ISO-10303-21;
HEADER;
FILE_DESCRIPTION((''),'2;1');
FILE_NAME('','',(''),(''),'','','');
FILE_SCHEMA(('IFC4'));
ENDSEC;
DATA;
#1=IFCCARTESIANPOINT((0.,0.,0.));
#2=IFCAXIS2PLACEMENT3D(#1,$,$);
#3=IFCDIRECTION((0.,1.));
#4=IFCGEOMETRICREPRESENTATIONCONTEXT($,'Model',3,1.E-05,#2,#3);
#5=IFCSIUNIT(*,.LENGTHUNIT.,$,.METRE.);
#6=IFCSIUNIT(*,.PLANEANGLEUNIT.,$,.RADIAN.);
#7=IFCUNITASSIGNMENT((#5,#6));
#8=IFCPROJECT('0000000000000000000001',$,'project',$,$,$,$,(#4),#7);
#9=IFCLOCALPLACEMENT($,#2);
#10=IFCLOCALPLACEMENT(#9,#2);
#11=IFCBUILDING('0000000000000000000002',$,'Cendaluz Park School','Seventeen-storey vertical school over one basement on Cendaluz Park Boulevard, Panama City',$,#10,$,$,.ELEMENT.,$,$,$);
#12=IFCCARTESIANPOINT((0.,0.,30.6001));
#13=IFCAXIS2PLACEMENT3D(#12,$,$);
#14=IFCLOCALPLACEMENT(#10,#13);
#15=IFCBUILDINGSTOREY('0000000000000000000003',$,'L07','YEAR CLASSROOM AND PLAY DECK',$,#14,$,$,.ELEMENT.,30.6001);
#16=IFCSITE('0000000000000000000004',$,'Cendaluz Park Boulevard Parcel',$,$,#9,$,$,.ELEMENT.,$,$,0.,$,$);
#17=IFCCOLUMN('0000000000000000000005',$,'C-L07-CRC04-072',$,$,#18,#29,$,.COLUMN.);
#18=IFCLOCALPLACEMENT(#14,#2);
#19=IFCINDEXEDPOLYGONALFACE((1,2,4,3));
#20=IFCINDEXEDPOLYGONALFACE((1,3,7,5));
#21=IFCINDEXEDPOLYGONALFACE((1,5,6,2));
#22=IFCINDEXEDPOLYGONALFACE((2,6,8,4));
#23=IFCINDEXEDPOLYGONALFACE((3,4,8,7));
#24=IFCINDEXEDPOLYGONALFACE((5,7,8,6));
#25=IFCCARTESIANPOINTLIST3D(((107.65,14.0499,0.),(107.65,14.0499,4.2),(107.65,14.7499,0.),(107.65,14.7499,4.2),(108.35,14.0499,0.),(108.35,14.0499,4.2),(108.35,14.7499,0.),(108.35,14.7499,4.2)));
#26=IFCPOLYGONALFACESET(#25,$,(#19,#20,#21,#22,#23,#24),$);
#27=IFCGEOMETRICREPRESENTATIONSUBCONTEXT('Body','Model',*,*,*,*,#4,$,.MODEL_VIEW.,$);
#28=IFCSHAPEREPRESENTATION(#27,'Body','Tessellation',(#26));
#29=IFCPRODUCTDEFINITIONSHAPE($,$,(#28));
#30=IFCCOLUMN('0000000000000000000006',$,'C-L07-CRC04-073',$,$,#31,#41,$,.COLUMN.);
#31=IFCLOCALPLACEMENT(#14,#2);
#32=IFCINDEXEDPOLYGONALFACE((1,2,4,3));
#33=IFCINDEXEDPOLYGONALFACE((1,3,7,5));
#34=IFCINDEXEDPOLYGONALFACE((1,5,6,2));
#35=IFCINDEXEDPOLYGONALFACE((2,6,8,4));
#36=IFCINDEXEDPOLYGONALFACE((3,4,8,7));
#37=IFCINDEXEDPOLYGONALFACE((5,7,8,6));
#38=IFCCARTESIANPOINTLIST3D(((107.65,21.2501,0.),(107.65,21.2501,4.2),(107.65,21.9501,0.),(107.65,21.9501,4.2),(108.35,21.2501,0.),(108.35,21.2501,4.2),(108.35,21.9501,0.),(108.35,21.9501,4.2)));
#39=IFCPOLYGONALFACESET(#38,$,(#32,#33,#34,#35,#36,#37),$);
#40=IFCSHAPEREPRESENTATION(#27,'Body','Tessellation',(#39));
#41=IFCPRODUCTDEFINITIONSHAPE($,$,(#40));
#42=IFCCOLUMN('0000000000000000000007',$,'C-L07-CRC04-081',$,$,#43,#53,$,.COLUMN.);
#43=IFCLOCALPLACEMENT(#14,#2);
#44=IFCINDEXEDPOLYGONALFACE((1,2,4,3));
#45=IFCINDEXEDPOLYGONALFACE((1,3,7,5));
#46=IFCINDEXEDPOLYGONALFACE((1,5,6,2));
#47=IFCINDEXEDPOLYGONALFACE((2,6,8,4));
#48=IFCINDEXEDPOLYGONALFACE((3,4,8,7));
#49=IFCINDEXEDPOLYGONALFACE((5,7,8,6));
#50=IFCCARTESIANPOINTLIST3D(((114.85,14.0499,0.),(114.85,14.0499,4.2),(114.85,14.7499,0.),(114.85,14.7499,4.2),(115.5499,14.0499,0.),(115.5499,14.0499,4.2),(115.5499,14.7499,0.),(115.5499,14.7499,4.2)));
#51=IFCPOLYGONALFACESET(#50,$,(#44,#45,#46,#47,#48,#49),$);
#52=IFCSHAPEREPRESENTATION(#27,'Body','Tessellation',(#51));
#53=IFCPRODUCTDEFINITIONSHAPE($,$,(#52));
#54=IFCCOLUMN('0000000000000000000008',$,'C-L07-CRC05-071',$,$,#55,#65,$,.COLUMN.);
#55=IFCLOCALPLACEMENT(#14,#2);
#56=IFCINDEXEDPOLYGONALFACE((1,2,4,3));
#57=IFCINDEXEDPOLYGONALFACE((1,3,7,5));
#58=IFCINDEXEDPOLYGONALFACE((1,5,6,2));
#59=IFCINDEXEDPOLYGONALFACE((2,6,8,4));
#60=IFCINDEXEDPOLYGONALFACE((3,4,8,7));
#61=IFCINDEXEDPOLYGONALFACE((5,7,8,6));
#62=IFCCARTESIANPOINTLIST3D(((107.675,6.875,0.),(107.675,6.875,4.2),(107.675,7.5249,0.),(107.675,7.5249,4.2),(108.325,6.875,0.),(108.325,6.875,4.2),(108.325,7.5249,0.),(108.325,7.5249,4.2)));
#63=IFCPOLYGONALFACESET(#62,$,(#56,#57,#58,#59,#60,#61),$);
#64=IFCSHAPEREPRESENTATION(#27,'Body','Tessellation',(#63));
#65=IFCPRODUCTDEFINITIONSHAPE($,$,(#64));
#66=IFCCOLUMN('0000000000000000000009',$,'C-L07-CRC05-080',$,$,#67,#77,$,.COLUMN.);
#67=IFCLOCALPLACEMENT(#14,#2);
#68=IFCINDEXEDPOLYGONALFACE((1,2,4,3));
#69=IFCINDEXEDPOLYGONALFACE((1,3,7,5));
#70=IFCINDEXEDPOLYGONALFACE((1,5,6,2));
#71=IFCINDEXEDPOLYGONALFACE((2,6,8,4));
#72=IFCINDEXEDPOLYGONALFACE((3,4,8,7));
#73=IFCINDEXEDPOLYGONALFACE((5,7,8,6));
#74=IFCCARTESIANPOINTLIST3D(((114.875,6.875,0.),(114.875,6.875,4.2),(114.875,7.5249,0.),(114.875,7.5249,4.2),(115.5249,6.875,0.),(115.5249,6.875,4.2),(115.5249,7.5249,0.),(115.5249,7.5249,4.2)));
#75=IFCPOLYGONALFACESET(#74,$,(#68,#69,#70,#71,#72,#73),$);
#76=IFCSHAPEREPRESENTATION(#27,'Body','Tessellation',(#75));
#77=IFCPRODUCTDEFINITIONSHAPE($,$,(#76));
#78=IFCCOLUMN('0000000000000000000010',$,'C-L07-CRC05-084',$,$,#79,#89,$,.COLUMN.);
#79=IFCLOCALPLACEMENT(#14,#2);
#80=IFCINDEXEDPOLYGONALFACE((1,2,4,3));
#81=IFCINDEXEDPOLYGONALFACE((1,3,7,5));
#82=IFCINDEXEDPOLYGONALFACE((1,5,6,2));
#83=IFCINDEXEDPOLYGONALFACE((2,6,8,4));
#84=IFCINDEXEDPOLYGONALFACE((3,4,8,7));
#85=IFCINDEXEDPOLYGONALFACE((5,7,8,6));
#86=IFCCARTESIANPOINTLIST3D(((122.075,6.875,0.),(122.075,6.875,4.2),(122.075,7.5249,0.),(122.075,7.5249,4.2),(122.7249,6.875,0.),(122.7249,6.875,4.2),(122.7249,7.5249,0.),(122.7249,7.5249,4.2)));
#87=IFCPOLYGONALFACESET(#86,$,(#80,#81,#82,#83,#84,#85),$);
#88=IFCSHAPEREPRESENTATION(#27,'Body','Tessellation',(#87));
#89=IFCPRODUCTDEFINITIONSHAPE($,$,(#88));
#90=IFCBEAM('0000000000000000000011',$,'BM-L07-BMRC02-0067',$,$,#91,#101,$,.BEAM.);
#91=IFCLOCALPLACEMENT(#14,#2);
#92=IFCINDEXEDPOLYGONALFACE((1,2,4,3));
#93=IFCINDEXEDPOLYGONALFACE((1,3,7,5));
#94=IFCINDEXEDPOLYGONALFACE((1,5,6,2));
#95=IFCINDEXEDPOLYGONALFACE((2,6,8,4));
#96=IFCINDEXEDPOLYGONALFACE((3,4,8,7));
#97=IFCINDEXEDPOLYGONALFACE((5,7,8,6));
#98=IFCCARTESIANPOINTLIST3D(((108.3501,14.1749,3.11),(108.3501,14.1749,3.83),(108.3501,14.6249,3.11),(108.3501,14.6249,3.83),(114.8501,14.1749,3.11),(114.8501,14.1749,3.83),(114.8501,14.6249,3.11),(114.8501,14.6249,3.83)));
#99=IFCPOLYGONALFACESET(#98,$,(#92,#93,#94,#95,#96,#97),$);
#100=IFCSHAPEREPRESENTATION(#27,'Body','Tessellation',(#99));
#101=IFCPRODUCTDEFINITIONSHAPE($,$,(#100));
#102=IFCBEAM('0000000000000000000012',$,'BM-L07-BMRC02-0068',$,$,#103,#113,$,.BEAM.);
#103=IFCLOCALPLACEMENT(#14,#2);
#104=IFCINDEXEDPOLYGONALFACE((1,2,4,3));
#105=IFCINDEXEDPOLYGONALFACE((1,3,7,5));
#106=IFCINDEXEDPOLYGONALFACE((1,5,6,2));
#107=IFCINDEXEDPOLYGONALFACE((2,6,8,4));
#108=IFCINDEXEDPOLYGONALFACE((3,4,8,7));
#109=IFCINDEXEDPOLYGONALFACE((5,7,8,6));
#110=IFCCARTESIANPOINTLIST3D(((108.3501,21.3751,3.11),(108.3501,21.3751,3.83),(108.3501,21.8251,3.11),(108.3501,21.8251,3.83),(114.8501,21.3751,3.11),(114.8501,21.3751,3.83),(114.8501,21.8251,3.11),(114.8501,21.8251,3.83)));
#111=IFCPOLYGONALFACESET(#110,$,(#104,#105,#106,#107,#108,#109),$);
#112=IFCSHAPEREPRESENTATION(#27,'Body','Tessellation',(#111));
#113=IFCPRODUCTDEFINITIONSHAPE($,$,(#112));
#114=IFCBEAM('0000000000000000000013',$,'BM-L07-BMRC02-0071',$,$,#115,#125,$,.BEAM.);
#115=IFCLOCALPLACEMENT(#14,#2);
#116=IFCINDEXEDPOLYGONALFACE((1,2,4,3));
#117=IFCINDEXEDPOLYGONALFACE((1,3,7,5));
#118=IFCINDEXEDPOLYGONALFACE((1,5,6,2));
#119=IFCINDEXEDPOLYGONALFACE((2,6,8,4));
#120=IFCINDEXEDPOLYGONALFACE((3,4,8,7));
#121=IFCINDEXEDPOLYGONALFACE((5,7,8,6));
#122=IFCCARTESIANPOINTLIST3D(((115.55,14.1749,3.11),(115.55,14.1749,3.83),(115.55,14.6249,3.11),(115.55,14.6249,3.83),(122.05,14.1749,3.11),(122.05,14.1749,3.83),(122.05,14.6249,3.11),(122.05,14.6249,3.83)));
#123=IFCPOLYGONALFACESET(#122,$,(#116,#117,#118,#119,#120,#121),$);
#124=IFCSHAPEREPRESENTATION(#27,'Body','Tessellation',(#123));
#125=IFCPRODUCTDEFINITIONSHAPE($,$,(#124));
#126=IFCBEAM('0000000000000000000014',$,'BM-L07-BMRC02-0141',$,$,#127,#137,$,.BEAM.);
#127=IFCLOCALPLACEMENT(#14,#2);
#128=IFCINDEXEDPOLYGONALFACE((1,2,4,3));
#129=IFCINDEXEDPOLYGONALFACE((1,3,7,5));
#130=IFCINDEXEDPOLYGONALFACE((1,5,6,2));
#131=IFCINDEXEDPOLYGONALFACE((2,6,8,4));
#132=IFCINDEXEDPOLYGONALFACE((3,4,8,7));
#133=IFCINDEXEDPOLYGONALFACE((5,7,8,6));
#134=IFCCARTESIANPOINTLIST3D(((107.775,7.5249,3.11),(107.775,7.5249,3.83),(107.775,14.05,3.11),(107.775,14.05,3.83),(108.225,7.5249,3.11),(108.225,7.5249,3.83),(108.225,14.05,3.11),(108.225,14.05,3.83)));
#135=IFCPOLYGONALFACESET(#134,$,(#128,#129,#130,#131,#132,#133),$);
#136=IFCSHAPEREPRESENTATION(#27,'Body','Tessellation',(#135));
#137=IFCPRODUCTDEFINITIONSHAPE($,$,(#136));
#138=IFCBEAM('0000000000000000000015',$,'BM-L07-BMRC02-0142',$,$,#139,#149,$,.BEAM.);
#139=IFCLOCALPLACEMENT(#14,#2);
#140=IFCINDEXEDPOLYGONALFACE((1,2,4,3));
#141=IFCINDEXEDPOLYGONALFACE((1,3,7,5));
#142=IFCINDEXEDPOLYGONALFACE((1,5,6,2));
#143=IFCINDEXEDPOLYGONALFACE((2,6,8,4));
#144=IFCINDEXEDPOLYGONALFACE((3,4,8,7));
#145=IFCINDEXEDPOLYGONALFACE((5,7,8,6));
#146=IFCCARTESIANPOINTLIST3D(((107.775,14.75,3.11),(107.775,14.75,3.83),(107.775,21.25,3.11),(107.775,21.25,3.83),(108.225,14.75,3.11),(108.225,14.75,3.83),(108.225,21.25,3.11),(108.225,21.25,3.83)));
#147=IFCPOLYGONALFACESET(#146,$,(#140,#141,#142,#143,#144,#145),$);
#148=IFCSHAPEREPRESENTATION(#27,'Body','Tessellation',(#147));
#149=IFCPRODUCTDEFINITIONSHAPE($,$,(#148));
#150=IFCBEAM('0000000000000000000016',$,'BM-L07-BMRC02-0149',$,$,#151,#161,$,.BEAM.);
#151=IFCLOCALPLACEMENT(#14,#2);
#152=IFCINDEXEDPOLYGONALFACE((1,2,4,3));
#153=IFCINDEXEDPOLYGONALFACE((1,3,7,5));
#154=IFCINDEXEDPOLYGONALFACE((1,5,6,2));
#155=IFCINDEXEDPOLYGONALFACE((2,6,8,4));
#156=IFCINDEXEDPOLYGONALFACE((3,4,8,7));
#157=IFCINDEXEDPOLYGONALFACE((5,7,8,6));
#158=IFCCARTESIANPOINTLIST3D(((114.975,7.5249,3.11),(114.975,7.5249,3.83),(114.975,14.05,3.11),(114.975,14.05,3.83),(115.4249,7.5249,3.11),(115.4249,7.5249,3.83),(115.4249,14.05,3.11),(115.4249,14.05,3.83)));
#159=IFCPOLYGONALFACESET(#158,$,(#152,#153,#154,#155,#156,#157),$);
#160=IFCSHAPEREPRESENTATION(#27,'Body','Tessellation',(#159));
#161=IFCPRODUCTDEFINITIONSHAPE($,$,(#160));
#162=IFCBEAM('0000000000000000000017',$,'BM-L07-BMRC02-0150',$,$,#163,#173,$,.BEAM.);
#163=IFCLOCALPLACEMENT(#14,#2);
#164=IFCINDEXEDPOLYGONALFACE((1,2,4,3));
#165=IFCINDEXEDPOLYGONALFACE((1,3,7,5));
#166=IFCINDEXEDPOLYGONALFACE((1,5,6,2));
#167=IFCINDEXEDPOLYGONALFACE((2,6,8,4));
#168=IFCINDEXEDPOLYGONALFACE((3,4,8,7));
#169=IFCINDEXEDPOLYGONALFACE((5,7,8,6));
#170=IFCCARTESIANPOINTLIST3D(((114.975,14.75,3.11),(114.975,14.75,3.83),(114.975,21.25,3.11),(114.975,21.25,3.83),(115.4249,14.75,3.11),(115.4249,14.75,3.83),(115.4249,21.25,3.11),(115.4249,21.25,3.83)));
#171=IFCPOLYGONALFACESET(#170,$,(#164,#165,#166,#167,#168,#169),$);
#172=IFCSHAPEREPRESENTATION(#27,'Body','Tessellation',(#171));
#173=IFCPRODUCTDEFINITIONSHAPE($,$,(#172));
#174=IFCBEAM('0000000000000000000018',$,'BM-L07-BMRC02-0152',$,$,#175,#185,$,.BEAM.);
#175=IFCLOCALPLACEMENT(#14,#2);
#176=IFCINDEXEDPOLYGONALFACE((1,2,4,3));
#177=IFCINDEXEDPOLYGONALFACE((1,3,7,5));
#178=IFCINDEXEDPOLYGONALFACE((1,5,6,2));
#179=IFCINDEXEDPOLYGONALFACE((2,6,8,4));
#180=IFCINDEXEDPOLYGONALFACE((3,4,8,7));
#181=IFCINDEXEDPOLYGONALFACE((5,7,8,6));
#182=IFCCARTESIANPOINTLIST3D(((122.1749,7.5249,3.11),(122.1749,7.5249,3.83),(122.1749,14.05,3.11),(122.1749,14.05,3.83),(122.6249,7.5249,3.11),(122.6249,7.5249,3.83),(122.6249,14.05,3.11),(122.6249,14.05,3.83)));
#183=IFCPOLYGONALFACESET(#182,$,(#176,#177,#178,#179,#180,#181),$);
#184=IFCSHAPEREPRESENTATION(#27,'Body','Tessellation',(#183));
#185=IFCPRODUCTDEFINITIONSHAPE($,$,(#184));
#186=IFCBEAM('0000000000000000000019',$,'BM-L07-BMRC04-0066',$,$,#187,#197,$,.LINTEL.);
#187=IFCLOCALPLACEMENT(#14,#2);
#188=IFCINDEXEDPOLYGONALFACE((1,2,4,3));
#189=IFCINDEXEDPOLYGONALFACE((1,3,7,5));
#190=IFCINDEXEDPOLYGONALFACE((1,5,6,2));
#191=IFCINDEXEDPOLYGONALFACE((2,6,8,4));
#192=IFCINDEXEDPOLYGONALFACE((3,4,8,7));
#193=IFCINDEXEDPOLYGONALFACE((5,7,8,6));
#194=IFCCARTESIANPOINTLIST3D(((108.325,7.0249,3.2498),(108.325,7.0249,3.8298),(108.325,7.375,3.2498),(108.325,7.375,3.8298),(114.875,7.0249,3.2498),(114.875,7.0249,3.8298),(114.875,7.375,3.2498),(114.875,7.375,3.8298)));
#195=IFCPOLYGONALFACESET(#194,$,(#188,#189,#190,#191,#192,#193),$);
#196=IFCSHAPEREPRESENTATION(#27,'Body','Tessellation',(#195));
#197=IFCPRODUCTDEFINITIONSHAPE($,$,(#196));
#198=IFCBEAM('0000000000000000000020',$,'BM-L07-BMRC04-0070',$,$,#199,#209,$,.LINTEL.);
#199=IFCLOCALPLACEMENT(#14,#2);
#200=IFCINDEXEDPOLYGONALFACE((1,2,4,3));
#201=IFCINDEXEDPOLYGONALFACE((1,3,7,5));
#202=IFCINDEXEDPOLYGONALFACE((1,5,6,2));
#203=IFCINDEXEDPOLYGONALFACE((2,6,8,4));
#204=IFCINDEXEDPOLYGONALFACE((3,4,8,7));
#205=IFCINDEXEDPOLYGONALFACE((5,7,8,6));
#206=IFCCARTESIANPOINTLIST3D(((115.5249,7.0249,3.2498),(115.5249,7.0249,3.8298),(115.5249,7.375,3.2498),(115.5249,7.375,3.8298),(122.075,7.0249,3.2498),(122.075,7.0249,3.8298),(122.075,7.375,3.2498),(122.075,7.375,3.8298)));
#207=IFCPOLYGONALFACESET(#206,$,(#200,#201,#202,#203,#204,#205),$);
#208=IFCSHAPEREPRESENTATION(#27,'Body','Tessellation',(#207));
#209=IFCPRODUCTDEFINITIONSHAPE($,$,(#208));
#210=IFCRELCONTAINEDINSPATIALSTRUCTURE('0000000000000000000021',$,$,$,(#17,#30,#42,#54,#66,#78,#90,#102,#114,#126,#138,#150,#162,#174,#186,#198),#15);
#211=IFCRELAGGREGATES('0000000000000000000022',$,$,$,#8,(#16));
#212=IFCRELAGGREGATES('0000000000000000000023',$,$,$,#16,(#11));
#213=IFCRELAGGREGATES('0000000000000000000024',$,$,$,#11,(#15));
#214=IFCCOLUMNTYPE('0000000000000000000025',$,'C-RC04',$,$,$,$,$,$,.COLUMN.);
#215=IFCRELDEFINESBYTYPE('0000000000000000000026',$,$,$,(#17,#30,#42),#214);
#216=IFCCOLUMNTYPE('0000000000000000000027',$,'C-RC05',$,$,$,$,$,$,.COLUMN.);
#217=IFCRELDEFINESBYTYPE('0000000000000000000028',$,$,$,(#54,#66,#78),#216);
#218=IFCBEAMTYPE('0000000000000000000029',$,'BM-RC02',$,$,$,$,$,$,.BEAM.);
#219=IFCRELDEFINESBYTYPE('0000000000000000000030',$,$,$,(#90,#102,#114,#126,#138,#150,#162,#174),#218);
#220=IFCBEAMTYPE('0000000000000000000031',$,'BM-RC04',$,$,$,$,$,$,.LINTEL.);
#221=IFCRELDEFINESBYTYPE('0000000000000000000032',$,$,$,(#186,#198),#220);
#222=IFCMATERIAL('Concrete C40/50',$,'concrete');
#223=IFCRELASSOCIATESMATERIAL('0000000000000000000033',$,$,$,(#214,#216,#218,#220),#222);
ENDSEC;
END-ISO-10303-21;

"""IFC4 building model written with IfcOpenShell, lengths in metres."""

from ifc_helpers import new_model, si_unit, direction, frame, origin, origin_2d, place, context, subcontext, project, spatial, rectangle, extrude, material, material_profile, profile_set, type_object, element, save


model = new_model("IFC4")

# Units and contexts
model_context = context("Model", 3, precision=1e-05, world=origin(), true_north=direction((0.0, 1.0)))
body_context = subcontext(model_context, "Body", "Model", "MODEL_VIEW")
ifc_project = project(units=[si_unit("LENGTHUNIT", "METRE"), si_unit("PLANEANGLEUNIT", "RADIAN")], contexts=[model_context])

# Site, building, storey
site_placement = place(None, origin())
site = spatial("IfcSite", under=ifc_project, at=site_placement, Name="Cendaluz Park Boulevard Parcel", CompositionType="ELEMENT", RefElevation=0.0)
building_placement = place(site_placement, origin())
building = spatial("IfcBuilding", under=site, at=building_placement, Name="Cendaluz Park School", Description="Seventeen-storey vertical school over one basement on Cendaluz Park Boulevard, Panama City", CompositionType="ELEMENT")
storey_placement = place(building_placement, frame((0.0, 0.0, 30.6001)))
storey = spatial("IfcBuildingStorey", under=building, at=storey_placement, Name="L07", Description="YEAR CLASSROOM AND PLAY DECK", CompositionType="ELEMENT", Elevation=30.6001)

# Columns
ifc_material_1 = material(Name="Concrete C40/50", Category="concrete")
ifc_material_profile_1 = material_profile(ifc_material_1, rectangle(XDim=0.7, YDim=0.7, at=origin_2d()), Name="RC 700x700", Category="concrete")
ifc_profile_set_1 = profile_set([ifc_material_profile_1], Name="Concrete C40/50")
column_type_1 = type_object("IfcColumnType", Name="C-RC04", PredefinedType="COLUMN", material=ifc_profile_set_1)
for number, where, z_axis, x_axis, name in (
    (1, (108.0, 14.3999, 0.0), (0.0, 0.0, 1.0), (1.0, 0.0, 0.0), "C-L07-CRC04-072"),
    (2, (108.0, 21.6001, 0.0), (0.0, 0.0, 1.0), (1.0, 0.0, 0.0), "C-L07-CRC04-073"),
    (3, (115.2, 14.3999, 0.0), (0.0, 0.0, 1.0), (1.0, 0.0, 0.0), "C-L07-CRC04-081"),
):
    element("IfcColumn", number, at=place(storey_placement, frame(where, z_axis=z_axis, x_axis=x_axis)), inside=storey, type_object=column_type_1, Name=name, PredefinedType="COLUMN", context=body_context, shape_type="SweptSolid", body=[
        extrude(rectangle(XDim=0.7, YDim=0.7, at=origin_2d()), origin(), (0.0, 0.0, 1.0), 4.2),
    ])
ifc_material_profile_2 = material_profile(ifc_material_1, rectangle(XDim=0.6499, YDim=0.6499, at=origin_2d()), Name="RC 650x650", Category="concrete")
ifc_profile_set_2 = profile_set([ifc_material_profile_2], Name="Concrete C40/50")
column_type_2 = type_object("IfcColumnType", Name="C-RC05", PredefinedType="COLUMN", material=ifc_profile_set_2)
for number, where, z_axis, x_axis, name in (
    (4, (108.0, 7.2, 0.0), (0.0, 0.0, 1.0), (1.0, 0.0, 0.0), "C-L07-CRC05-071"),
    (5, (115.2, 7.2, 0.0), (0.0, 0.0, 1.0), (1.0, 0.0, 0.0), "C-L07-CRC05-080"),
    (6, (122.3999, 7.2, 0.0), (0.0, 0.0, 1.0), (1.0, 0.0, 0.0), "C-L07-CRC05-084"),
):
    element("IfcColumn", number, at=place(storey_placement, frame(where, z_axis=z_axis, x_axis=x_axis)), inside=storey, type_object=column_type_2, Name=name, PredefinedType="COLUMN", context=body_context, shape_type="SweptSolid", body=[
        extrude(rectangle(XDim=0.6499, YDim=0.6499, at=origin_2d()), origin(), (0.0, 0.0, 1.0), 4.2),
    ])

# Beams
ifc_material_profile_3 = material_profile(ifc_material_1, rectangle(XDim=0.45, YDim=0.72, at=origin_2d()), Name="RC 450x720", Category="concrete")
ifc_profile_set_3 = profile_set([ifc_material_profile_3], Name="Concrete C40/50")
beam_type_1 = type_object("IfcBeamType", Name="BM-RC02", PredefinedType="BEAM", material=ifc_profile_set_3)
for number, where, z_axis, x_axis, name in (
    (7, (108.3501, 14.3999, 3.47), (1.0, 0.0, 0.0), (0.0, 1.0, 0.0), "BM-L07-BMRC02-0067"),
    (8, (108.3501, 21.6001, 3.47), (1.0, 0.0, 0.0), (0.0, 1.0, 0.0), "BM-L07-BMRC02-0068"),
    (9, (115.55, 14.3999, 3.47), (1.0, 0.0, 0.0), (0.0, 1.0, 0.0), "BM-L07-BMRC02-0071"),
):
    element("IfcBeam", number, at=place(storey_placement, frame(where, z_axis=z_axis, x_axis=x_axis)), inside=storey, type_object=beam_type_1, Name=name, PredefinedType="BEAM", context=body_context, shape_type="SweptSolid", body=[
        extrude(rectangle(XDim=0.45, YDim=0.72, at=origin_2d()), origin(), (0.0, 0.0, 1.0), 6.5),
    ])
beam_1_placement = place(storey_placement, frame((108.0, 7.5249, 3.47), z_axis=(0.0, 1.0, 0.0), x_axis=(-1.0, 0.0, 0.0)))
element("IfcBeam", 10, at=beam_1_placement, inside=storey, type_object=beam_type_1, Name="BM-L07-BMRC02-0141", PredefinedType="BEAM", context=body_context, shape_type="SweptSolid", body=[
    extrude(rectangle(XDim=0.45, YDim=0.72, at=origin_2d()), origin(), (0.0, 0.0, 1.0), 6.5251),
])
beam_2_placement = place(storey_placement, frame((108.0, 14.75, 3.47), z_axis=(0.0, 1.0, 0.0), x_axis=(-1.0, 0.0, 0.0)))
element("IfcBeam", 11, at=beam_2_placement, inside=storey, type_object=beam_type_1, Name="BM-L07-BMRC02-0142", PredefinedType="BEAM", context=body_context, shape_type="SweptSolid", body=[
    extrude(rectangle(XDim=0.45, YDim=0.72, at=origin_2d()), origin(), (0.0, 0.0, 1.0), 6.5),
])
beam_3_placement = place(storey_placement, frame((115.2, 7.5249, 3.47), z_axis=(0.0, 1.0, 0.0), x_axis=(-1.0, 0.0, 0.0)))
element("IfcBeam", 12, at=beam_3_placement, inside=storey, type_object=beam_type_1, Name="BM-L07-BMRC02-0149", PredefinedType="BEAM", context=body_context, shape_type="SweptSolid", body=[
    extrude(rectangle(XDim=0.45, YDim=0.72, at=origin_2d()), origin(), (0.0, 0.0, 1.0), 6.5251),
])
beam_4_placement = place(storey_placement, frame((115.2, 14.75, 3.47), z_axis=(0.0, 1.0, 0.0), x_axis=(-1.0, 0.0, 0.0)))
element("IfcBeam", 13, at=beam_4_placement, inside=storey, type_object=beam_type_1, Name="BM-L07-BMRC02-0150", PredefinedType="BEAM", context=body_context, shape_type="SweptSolid", body=[
    extrude(rectangle(XDim=0.45, YDim=0.72, at=origin_2d()), origin(), (0.0, 0.0, 1.0), 6.5),
])
beam_5_placement = place(storey_placement, frame((122.3999, 7.5249, 3.47), z_axis=(0.0, 1.0, 0.0), x_axis=(-1.0, 0.0, 0.0)))
element("IfcBeam", 14, at=beam_5_placement, inside=storey, type_object=beam_type_1, Name="BM-L07-BMRC02-0152", PredefinedType="BEAM", context=body_context, shape_type="SweptSolid", body=[
    extrude(rectangle(XDim=0.45, YDim=0.72, at=origin_2d()), origin(), (0.0, 0.0, 1.0), 6.5251),
])
ifc_material_profile_4 = material_profile(ifc_material_1, rectangle(XDim=0.3501, YDim=0.5801, at=origin_2d()), Name="RC 350x580", Category="concrete")
ifc_profile_set_4 = profile_set([ifc_material_profile_4], Name="Concrete C40/50")
beam_type_2 = type_object("IfcBeamType", Name="BM-RC04", PredefinedType="LINTEL", material=ifc_profile_set_4)
for number, where, z_axis, x_axis, name in (
    (15, (108.325, 7.2, 3.5398), (1.0, 0.0, 0.0), (0.0, 1.0, 0.0), "BM-L07-BMRC04-0066"),
    (16, (115.5249, 7.2, 3.5398), (1.0, 0.0, 0.0), (0.0, 1.0, 0.0), "BM-L07-BMRC04-0070"),
):
    element("IfcBeam", number, at=place(storey_placement, frame(where, z_axis=z_axis, x_axis=x_axis)), inside=storey, type_object=beam_type_2, Name=name, PredefinedType="LINTEL", context=body_context, shape_type="SweptSolid", body=[
        extrude(rectangle(XDim=0.3501, YDim=0.5801, at=origin_2d()), origin(), (0.0, 0.0, 1.0), 6.55),
    ])

save(model, "model.ifc")
